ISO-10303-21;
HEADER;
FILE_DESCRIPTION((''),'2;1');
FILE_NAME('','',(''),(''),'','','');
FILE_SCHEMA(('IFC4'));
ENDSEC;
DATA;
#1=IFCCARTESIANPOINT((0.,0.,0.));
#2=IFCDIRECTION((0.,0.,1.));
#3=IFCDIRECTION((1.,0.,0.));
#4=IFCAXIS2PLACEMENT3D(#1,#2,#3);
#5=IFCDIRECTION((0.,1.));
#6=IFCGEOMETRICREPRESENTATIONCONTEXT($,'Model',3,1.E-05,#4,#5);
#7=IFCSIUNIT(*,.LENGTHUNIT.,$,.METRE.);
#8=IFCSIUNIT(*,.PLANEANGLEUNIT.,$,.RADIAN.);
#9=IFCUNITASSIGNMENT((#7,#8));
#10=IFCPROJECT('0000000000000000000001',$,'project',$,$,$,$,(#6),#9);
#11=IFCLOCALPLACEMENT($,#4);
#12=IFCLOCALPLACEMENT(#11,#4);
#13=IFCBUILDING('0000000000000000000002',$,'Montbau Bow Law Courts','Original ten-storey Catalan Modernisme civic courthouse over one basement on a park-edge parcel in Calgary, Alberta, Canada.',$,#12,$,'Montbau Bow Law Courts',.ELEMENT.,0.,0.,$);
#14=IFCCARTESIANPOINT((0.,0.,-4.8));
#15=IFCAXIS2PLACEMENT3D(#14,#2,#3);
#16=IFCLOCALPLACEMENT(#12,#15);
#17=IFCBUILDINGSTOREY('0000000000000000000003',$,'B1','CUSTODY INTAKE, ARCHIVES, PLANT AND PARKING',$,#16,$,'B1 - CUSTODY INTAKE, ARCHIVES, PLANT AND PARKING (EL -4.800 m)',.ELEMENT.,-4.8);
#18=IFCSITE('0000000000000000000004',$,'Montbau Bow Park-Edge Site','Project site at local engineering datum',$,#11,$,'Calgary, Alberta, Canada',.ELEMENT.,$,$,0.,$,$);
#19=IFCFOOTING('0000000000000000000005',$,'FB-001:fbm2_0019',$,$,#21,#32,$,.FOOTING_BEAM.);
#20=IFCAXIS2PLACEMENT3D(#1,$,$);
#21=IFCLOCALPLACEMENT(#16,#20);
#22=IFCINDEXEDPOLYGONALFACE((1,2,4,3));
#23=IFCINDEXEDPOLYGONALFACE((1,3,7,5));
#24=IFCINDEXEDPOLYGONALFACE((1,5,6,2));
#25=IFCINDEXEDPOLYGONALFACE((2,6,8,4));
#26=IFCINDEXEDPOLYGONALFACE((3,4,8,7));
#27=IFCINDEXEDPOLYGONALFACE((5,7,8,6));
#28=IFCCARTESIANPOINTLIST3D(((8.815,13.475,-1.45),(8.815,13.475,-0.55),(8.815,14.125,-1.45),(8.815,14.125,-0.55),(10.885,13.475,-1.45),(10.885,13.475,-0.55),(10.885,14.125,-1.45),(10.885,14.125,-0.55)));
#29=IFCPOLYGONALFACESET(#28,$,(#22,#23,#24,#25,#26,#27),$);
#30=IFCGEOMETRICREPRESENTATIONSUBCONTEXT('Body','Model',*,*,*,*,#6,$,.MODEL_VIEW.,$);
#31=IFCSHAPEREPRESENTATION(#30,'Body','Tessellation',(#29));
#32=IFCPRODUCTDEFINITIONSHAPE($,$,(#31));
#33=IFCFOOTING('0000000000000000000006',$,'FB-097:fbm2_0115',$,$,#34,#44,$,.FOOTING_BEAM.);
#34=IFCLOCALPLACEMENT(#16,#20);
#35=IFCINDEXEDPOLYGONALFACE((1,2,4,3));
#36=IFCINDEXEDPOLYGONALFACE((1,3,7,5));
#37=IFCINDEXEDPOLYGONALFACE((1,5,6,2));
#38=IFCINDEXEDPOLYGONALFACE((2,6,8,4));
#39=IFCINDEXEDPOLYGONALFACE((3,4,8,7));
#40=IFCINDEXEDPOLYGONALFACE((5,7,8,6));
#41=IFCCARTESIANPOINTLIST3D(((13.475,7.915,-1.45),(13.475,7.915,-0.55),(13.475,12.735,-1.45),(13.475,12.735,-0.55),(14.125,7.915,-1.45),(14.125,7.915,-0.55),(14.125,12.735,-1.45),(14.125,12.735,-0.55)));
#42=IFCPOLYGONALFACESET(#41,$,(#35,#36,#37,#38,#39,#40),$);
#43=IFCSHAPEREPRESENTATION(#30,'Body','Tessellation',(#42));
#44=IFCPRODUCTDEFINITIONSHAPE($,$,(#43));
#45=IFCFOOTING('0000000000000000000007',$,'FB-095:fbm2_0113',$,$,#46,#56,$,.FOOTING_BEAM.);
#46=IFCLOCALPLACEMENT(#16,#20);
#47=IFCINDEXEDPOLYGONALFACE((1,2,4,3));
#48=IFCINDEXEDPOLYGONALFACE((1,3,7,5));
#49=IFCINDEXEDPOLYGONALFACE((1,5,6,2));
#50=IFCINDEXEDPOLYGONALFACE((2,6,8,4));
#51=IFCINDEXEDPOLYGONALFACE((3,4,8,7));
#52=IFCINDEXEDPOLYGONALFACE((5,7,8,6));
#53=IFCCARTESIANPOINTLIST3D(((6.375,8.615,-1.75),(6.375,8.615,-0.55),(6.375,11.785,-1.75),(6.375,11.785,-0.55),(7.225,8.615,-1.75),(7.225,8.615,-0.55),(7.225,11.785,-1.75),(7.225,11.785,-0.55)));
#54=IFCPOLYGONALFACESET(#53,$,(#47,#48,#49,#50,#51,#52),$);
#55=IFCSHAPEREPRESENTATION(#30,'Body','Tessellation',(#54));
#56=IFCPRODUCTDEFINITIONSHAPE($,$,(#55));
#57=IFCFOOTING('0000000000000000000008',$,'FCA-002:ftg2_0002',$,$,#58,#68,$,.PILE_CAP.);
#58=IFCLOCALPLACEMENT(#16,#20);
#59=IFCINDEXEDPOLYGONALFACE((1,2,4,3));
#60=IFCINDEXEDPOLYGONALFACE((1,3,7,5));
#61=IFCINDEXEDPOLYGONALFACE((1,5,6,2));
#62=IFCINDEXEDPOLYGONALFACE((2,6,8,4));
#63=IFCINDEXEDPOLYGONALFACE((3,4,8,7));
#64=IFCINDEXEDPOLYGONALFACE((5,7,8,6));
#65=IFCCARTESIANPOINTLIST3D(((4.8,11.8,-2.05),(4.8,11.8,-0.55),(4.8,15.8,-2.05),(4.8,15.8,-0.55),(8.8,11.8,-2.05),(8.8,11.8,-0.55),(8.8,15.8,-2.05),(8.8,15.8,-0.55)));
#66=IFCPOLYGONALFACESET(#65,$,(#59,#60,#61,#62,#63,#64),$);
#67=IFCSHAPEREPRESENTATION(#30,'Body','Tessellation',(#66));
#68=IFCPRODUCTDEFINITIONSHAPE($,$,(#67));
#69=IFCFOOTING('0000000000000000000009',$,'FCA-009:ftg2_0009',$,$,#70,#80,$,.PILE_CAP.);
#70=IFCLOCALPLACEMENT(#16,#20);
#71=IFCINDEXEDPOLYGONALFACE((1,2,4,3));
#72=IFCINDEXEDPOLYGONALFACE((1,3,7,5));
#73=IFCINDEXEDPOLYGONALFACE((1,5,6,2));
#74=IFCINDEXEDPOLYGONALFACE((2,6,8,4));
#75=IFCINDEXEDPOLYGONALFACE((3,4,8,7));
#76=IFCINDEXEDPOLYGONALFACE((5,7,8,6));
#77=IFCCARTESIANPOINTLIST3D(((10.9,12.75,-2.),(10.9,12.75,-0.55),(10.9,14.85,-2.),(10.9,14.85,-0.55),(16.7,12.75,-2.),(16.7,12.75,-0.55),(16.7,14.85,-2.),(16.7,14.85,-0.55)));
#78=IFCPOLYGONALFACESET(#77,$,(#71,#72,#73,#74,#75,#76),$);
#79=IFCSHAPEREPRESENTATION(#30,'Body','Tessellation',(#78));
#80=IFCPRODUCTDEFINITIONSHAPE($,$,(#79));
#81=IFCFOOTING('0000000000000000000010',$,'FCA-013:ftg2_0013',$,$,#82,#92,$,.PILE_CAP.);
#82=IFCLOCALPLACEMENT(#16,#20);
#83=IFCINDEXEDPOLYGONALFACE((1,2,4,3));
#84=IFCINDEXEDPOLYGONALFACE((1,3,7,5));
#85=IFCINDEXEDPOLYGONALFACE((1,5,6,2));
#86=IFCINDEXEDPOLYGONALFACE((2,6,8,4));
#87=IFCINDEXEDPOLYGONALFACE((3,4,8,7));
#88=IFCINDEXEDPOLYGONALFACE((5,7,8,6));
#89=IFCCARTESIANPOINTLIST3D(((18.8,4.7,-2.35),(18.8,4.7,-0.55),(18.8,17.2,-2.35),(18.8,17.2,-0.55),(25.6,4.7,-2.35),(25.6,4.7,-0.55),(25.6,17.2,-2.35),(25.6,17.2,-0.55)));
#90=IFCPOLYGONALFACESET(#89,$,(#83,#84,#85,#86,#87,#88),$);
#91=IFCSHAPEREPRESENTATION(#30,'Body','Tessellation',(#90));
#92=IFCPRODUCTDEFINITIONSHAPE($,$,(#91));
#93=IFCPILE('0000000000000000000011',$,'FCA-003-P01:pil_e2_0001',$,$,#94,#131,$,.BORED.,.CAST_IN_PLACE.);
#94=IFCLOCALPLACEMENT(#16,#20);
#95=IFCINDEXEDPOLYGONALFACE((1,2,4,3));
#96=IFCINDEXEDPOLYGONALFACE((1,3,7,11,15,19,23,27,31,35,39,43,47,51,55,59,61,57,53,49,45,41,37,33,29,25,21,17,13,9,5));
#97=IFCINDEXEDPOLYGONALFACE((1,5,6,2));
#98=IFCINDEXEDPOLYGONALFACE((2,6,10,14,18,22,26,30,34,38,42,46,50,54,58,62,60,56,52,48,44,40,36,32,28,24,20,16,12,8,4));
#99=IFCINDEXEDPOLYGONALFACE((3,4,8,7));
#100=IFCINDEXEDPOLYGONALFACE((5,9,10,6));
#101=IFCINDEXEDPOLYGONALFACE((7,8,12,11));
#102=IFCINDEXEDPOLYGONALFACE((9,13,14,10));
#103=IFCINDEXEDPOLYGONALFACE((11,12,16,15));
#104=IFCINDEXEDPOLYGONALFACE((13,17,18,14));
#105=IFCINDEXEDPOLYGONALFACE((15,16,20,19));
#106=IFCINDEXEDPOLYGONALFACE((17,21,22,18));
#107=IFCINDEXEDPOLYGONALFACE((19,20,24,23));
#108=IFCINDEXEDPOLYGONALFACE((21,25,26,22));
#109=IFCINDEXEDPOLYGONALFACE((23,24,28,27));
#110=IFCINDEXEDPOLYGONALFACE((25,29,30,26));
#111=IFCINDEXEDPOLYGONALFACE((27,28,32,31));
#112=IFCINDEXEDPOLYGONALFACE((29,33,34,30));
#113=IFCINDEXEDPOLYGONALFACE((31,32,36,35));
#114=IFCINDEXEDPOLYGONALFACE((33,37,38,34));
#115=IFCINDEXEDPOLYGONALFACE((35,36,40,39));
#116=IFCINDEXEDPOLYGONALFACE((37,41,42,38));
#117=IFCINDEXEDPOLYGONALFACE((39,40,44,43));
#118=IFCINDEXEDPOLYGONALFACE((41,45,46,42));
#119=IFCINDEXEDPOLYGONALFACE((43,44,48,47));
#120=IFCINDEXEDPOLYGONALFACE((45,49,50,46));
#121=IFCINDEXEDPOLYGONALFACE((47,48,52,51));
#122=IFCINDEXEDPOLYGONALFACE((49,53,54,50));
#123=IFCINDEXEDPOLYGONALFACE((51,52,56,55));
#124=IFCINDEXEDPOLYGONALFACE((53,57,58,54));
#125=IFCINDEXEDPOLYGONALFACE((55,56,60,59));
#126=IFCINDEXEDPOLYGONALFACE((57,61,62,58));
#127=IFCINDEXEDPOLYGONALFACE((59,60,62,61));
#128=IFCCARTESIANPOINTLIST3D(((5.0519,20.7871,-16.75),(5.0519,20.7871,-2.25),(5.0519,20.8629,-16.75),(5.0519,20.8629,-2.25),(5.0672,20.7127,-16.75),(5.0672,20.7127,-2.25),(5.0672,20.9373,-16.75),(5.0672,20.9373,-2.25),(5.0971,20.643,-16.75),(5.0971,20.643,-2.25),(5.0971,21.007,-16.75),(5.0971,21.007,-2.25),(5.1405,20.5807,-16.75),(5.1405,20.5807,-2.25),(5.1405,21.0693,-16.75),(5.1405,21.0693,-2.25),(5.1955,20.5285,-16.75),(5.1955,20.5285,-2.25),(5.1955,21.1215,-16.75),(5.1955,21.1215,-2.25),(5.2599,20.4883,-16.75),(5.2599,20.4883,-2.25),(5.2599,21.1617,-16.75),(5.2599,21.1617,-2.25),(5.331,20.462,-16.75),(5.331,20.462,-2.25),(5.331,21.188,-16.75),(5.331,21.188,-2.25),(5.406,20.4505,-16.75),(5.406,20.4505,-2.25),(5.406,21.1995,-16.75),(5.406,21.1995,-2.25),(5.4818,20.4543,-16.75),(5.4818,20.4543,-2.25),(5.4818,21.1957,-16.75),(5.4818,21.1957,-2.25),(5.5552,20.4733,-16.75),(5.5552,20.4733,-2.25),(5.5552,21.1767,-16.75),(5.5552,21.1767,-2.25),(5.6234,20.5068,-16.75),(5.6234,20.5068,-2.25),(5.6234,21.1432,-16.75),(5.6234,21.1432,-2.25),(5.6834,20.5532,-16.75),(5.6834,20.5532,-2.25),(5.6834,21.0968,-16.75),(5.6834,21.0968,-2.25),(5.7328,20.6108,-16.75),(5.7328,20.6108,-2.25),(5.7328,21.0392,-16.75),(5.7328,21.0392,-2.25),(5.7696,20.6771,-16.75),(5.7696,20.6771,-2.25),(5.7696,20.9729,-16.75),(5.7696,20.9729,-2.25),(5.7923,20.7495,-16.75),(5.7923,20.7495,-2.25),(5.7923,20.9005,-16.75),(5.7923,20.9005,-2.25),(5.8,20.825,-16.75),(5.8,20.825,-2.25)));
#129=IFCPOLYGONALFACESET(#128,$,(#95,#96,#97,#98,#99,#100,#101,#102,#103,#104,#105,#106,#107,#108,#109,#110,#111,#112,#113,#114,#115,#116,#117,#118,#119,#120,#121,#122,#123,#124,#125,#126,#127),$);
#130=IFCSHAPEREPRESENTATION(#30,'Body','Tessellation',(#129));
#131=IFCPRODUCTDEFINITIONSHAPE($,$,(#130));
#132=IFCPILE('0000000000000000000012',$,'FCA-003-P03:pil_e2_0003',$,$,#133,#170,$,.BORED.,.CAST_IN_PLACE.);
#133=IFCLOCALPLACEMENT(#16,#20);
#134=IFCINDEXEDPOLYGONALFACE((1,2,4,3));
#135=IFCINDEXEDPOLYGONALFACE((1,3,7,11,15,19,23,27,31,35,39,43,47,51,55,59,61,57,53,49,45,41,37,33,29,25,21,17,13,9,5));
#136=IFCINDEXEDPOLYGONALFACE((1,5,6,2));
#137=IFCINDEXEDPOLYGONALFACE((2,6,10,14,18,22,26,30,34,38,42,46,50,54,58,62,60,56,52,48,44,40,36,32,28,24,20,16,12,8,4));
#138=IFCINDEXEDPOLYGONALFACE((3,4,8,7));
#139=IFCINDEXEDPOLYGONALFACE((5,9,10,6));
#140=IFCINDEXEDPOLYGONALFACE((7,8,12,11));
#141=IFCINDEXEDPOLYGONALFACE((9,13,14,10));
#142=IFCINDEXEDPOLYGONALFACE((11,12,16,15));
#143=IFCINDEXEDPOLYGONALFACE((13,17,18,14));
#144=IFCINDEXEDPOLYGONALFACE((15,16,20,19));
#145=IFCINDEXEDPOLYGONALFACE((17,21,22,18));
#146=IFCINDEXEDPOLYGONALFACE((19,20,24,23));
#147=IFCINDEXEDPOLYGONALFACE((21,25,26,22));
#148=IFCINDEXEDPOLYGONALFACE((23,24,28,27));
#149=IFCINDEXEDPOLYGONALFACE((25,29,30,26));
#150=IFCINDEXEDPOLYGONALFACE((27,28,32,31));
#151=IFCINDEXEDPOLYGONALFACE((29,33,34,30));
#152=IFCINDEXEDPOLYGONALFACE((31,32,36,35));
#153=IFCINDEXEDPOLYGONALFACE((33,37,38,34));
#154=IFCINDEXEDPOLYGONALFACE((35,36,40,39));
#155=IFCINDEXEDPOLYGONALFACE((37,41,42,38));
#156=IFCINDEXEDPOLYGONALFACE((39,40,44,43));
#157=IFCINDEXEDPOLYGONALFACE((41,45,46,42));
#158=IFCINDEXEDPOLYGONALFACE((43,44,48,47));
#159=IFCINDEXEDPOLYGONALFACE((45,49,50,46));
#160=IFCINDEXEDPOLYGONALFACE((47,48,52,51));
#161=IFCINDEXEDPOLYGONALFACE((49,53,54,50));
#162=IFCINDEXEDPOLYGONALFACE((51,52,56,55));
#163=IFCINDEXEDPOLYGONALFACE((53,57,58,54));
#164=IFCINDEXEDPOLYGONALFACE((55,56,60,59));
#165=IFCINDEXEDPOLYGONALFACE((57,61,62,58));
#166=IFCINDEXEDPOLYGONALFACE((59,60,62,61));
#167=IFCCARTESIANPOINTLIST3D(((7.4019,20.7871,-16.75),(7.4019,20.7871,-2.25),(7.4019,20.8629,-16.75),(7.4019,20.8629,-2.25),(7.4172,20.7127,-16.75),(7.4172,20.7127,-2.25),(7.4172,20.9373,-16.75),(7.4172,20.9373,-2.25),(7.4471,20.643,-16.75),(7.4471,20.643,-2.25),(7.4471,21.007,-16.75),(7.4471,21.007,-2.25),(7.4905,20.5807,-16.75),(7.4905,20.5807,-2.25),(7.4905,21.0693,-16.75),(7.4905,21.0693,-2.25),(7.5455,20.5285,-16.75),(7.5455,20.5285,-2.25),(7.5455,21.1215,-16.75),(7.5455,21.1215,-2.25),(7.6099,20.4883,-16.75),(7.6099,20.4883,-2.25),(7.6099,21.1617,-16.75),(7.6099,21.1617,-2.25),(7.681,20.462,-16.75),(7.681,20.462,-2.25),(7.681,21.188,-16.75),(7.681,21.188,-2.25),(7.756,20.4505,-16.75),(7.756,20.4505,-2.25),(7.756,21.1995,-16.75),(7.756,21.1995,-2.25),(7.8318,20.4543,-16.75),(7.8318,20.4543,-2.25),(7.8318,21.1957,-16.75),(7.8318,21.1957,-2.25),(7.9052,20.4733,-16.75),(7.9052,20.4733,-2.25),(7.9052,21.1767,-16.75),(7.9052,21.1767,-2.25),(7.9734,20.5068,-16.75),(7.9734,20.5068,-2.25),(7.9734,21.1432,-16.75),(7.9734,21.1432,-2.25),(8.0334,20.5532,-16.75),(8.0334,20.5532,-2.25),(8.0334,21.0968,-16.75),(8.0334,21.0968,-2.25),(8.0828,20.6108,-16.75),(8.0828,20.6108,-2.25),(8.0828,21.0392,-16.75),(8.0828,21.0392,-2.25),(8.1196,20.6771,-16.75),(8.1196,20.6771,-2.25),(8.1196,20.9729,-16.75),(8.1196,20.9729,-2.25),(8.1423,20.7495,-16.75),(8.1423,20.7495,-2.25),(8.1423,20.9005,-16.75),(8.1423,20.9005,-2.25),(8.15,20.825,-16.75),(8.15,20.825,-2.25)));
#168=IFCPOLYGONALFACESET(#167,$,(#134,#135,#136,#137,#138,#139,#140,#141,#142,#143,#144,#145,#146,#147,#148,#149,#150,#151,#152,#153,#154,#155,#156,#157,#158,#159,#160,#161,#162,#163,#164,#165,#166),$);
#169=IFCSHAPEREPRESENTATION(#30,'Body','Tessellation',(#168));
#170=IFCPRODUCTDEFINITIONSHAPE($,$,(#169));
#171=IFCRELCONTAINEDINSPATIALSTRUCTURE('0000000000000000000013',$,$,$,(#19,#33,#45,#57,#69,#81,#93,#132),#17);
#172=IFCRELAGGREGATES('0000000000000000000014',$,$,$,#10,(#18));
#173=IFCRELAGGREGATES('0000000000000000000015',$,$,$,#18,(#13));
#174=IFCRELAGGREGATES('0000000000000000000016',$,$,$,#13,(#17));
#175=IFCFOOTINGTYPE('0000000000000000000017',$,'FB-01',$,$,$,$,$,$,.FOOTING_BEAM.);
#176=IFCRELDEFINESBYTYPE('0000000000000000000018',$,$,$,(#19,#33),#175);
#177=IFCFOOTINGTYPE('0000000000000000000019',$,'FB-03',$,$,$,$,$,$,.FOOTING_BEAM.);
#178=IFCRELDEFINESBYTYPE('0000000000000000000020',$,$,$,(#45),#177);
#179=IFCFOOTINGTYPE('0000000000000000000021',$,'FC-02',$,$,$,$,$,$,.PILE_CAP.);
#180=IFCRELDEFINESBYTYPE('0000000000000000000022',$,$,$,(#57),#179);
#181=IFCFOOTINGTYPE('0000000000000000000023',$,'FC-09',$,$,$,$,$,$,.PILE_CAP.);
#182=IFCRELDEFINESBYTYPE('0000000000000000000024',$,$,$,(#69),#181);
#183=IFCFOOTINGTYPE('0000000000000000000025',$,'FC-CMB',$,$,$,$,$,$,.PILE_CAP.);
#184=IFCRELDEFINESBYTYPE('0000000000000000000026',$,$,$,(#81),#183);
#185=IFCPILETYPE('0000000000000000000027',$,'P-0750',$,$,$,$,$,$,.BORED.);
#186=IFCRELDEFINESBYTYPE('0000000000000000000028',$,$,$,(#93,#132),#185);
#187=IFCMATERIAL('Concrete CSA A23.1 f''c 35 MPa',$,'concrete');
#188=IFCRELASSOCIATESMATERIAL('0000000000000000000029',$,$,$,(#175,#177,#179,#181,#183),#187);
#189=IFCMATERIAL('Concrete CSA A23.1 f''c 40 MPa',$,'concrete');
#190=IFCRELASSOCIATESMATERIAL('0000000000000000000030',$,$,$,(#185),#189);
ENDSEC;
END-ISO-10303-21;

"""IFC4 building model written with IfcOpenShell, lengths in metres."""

from ifc_helpers import new_model, si_unit, direction, frame, origin_with_axes, origin_2d_with_axis, place, context, subcontext, project, spatial, rectangle, circle, extrude, material, material_profile, profile_set, type_object, element, save


model = new_model("IFC4")

# Units and contexts
model_context = context("Model", 3, precision=1e-05, world=origin_with_axes(), true_north=direction((0.0, 1.0)))
body_context = subcontext(model_context, "Body", "Model", "MODEL_VIEW")
ifc_project = project(units=[si_unit("LENGTHUNIT", "METRE"), si_unit("PLANEANGLEUNIT", "RADIAN")], contexts=[model_context])

# Site, building, storey
site_placement = place(None, origin_with_axes())
site = spatial("IfcSite", under=ifc_project, at=site_placement, Name="Montbau Bow Park-Edge Site", Description="Project site at local engineering datum", LongName="Calgary, Alberta, Canada", CompositionType="ELEMENT", RefElevation=0.0)
building_placement = place(site_placement, origin_with_axes())
building = spatial("IfcBuilding", under=site, at=building_placement, Name="Montbau Bow Law Courts", Description="Original ten-storey Catalan Modernisme civic courthouse over one basement on a park-edge parcel in Calgary, Alberta, Canada.", LongName="Montbau Bow Law Courts", CompositionType="ELEMENT", ElevationOfRefHeight=0.0, ElevationOfTerrain=0.0)
storey_placement = place(building_placement, frame((0.0, 0.0, -4.8), z_axis=(0.0, 0.0, 1.0), x_axis=(1.0, 0.0, 0.0)))
storey = spatial("IfcBuildingStorey", under=building, at=storey_placement, Name="B1", Description="CUSTODY INTAKE, ARCHIVES, PLANT AND PARKING", LongName="B1 - CUSTODY INTAKE, ARCHIVES, PLANT AND PARKING (EL -4.800 m)", CompositionType="ELEMENT", Elevation=-4.8)

# Footings
ifc_material_1 = material(Name="Concrete CSA A23.1 f'c 35 MPa", Category="concrete")
footing_type_1 = type_object("IfcFootingType", Name="FB-01", PredefinedType="FOOTING_BEAM", material=ifc_material_1)
footing_1_placement = place(None, frame((9.85, 13.8, -6.25), z_axis=(0.0, 0.0, 1.0), x_axis=(1.0, 0.0, 0.0)))
element("IfcFooting", 1, at=footing_1_placement, inside=storey, type_object=footing_type_1, Name="FB-001:fbm2_0019", PredefinedType="FOOTING_BEAM", context=body_context, shape_type="SweptSolid", body=[
    extrude(rectangle(XDim=2.07, YDim=0.65, at=origin_2d_with_axis()), origin_with_axes(), (0.0, 0.0, 1.0), 0.9),
])
footing_2_placement = place(None, frame((13.8, 10.325, -6.25), z_axis=(0.0, 0.0, 1.0), x_axis=(0.0, 1.0, 0.0)))
element("IfcFooting", 2, at=footing_2_placement, inside=storey, type_object=footing_type_1, Name="FB-097:fbm2_0115", PredefinedType="FOOTING_BEAM", context=body_context, shape_type="SweptSolid", body=[
    extrude(rectangle(XDim=4.82, YDim=0.65, at=origin_2d_with_axis()), origin_with_axes(), (0.0, 0.0, 1.0), 0.9),
])
footing_type_2 = type_object("IfcFootingType", Name="FB-03", PredefinedType="FOOTING_BEAM", material=ifc_material_1)
footing_3_placement = place(None, frame((6.8, 10.2, -6.55), z_axis=(0.0, 0.0, 1.0), x_axis=(0.0, 1.0, 0.0)))
element("IfcFooting", 3, at=footing_3_placement, inside=storey, type_object=footing_type_2, Name="FB-095:fbm2_0113", PredefinedType="FOOTING_BEAM", context=body_context, shape_type="SweptSolid", body=[
    extrude(rectangle(XDim=3.17, YDim=0.85, at=origin_2d_with_axis()), origin_with_axes(), (0.0, 0.0, 1.0), 1.2),
])
footing_type_3 = type_object("IfcFootingType", Name="FC-02", PredefinedType="PILE_CAP", material=ifc_material_1)
footing_4_placement = place(None, frame((6.8, 13.8, -6.85), z_axis=(0.0, 0.0, 1.0), x_axis=(1.0, 0.0, 0.0)))
element("IfcFooting", 4, at=footing_4_placement, inside=storey, type_object=footing_type_3, Name="FCA-002:ftg2_0002", PredefinedType="PILE_CAP", context=body_context, shape_type="SweptSolid", body=[
    extrude(rectangle(XDim=4.0, YDim=4.0, at=origin_2d_with_axis()), origin_with_axes(), (0.0, 0.0, 1.0), 1.5),
])
footing_type_4 = type_object("IfcFootingType", Name="FC-09", PredefinedType="PILE_CAP", material=ifc_material_1)
footing_5_placement = place(None, frame((13.8, 13.8, -6.8), z_axis=(0.0, 0.0, 1.0), x_axis=(1.0, 0.0, 0.0)))
element("IfcFooting", 5, at=footing_5_placement, inside=storey, type_object=footing_type_4, Name="FCA-009:ftg2_0009", PredefinedType="PILE_CAP", context=body_context, shape_type="SweptSolid", body=[
    extrude(rectangle(XDim=5.8, YDim=2.1, at=origin_2d_with_axis()), origin_with_axes(), (0.0, 0.0, 1.0), 1.45),
])
footing_type_5 = type_object("IfcFootingType", Name="FC-CMB", PredefinedType="PILE_CAP", material=ifc_material_1)
footing_6_placement = place(None, frame((22.2, 10.95, -7.15), z_axis=(0.0, 0.0, 1.0), x_axis=(1.0, 0.0, 0.0)))
element("IfcFooting", 6, at=footing_6_placement, inside=storey, type_object=footing_type_5, Name="FCA-013:ftg2_0013", PredefinedType="PILE_CAP", context=body_context, shape_type="SweptSolid", body=[
    extrude(rectangle(XDim=6.8, YDim=12.5, at=origin_2d_with_axis()), origin_with_axes(), (0.0, 0.0, 1.0), 1.8),
])

# Piles
ifc_material_2 = material(Name="Concrete CSA A23.1 f'c 40 MPa", Category="concrete")
ifc_material_profile_1 = material_profile(ifc_material_2, circle(Radius=0.375, at=origin_2d_with_axis()), Name="BP750", Category="Main", Priority=0)
ifc_profile_set_1 = profile_set([ifc_material_profile_1], Name="Concrete CSA A23.1 f'c 40 MPa")
pile_type_1 = type_object("IfcPileType", Name="P-0750", PredefinedType="BORED", material=ifc_profile_set_1)
for number, where, z_axis, x_axis, name in (
    (7, (5.425, 20.825, -21.55), (0.0, 0.0, 1.0), (1.0, 0.0, 0.0), "FCA-003-P01:pil_e2_0001"),
    (8, (7.775, 20.825, -21.55), (0.0, 0.0, 1.0), (1.0, 0.0, 0.0), "FCA-003-P03:pil_e2_0003"),
):
    element("IfcPile", number, at=place(None, frame(where, z_axis=z_axis, x_axis=x_axis)), inside=storey, type_object=pile_type_1, Name=name, ConstructionType="CAST_IN_PLACE", PredefinedType="BORED", context=body_context, shape_type="SweptSolid", body=[
        extrude(circle(Radius=0.375, at=origin_2d_with_axis()), origin_with_axes(), (0.0, 0.0, 1.0), 14.5),
    ])

save(model, "model.ifc")
